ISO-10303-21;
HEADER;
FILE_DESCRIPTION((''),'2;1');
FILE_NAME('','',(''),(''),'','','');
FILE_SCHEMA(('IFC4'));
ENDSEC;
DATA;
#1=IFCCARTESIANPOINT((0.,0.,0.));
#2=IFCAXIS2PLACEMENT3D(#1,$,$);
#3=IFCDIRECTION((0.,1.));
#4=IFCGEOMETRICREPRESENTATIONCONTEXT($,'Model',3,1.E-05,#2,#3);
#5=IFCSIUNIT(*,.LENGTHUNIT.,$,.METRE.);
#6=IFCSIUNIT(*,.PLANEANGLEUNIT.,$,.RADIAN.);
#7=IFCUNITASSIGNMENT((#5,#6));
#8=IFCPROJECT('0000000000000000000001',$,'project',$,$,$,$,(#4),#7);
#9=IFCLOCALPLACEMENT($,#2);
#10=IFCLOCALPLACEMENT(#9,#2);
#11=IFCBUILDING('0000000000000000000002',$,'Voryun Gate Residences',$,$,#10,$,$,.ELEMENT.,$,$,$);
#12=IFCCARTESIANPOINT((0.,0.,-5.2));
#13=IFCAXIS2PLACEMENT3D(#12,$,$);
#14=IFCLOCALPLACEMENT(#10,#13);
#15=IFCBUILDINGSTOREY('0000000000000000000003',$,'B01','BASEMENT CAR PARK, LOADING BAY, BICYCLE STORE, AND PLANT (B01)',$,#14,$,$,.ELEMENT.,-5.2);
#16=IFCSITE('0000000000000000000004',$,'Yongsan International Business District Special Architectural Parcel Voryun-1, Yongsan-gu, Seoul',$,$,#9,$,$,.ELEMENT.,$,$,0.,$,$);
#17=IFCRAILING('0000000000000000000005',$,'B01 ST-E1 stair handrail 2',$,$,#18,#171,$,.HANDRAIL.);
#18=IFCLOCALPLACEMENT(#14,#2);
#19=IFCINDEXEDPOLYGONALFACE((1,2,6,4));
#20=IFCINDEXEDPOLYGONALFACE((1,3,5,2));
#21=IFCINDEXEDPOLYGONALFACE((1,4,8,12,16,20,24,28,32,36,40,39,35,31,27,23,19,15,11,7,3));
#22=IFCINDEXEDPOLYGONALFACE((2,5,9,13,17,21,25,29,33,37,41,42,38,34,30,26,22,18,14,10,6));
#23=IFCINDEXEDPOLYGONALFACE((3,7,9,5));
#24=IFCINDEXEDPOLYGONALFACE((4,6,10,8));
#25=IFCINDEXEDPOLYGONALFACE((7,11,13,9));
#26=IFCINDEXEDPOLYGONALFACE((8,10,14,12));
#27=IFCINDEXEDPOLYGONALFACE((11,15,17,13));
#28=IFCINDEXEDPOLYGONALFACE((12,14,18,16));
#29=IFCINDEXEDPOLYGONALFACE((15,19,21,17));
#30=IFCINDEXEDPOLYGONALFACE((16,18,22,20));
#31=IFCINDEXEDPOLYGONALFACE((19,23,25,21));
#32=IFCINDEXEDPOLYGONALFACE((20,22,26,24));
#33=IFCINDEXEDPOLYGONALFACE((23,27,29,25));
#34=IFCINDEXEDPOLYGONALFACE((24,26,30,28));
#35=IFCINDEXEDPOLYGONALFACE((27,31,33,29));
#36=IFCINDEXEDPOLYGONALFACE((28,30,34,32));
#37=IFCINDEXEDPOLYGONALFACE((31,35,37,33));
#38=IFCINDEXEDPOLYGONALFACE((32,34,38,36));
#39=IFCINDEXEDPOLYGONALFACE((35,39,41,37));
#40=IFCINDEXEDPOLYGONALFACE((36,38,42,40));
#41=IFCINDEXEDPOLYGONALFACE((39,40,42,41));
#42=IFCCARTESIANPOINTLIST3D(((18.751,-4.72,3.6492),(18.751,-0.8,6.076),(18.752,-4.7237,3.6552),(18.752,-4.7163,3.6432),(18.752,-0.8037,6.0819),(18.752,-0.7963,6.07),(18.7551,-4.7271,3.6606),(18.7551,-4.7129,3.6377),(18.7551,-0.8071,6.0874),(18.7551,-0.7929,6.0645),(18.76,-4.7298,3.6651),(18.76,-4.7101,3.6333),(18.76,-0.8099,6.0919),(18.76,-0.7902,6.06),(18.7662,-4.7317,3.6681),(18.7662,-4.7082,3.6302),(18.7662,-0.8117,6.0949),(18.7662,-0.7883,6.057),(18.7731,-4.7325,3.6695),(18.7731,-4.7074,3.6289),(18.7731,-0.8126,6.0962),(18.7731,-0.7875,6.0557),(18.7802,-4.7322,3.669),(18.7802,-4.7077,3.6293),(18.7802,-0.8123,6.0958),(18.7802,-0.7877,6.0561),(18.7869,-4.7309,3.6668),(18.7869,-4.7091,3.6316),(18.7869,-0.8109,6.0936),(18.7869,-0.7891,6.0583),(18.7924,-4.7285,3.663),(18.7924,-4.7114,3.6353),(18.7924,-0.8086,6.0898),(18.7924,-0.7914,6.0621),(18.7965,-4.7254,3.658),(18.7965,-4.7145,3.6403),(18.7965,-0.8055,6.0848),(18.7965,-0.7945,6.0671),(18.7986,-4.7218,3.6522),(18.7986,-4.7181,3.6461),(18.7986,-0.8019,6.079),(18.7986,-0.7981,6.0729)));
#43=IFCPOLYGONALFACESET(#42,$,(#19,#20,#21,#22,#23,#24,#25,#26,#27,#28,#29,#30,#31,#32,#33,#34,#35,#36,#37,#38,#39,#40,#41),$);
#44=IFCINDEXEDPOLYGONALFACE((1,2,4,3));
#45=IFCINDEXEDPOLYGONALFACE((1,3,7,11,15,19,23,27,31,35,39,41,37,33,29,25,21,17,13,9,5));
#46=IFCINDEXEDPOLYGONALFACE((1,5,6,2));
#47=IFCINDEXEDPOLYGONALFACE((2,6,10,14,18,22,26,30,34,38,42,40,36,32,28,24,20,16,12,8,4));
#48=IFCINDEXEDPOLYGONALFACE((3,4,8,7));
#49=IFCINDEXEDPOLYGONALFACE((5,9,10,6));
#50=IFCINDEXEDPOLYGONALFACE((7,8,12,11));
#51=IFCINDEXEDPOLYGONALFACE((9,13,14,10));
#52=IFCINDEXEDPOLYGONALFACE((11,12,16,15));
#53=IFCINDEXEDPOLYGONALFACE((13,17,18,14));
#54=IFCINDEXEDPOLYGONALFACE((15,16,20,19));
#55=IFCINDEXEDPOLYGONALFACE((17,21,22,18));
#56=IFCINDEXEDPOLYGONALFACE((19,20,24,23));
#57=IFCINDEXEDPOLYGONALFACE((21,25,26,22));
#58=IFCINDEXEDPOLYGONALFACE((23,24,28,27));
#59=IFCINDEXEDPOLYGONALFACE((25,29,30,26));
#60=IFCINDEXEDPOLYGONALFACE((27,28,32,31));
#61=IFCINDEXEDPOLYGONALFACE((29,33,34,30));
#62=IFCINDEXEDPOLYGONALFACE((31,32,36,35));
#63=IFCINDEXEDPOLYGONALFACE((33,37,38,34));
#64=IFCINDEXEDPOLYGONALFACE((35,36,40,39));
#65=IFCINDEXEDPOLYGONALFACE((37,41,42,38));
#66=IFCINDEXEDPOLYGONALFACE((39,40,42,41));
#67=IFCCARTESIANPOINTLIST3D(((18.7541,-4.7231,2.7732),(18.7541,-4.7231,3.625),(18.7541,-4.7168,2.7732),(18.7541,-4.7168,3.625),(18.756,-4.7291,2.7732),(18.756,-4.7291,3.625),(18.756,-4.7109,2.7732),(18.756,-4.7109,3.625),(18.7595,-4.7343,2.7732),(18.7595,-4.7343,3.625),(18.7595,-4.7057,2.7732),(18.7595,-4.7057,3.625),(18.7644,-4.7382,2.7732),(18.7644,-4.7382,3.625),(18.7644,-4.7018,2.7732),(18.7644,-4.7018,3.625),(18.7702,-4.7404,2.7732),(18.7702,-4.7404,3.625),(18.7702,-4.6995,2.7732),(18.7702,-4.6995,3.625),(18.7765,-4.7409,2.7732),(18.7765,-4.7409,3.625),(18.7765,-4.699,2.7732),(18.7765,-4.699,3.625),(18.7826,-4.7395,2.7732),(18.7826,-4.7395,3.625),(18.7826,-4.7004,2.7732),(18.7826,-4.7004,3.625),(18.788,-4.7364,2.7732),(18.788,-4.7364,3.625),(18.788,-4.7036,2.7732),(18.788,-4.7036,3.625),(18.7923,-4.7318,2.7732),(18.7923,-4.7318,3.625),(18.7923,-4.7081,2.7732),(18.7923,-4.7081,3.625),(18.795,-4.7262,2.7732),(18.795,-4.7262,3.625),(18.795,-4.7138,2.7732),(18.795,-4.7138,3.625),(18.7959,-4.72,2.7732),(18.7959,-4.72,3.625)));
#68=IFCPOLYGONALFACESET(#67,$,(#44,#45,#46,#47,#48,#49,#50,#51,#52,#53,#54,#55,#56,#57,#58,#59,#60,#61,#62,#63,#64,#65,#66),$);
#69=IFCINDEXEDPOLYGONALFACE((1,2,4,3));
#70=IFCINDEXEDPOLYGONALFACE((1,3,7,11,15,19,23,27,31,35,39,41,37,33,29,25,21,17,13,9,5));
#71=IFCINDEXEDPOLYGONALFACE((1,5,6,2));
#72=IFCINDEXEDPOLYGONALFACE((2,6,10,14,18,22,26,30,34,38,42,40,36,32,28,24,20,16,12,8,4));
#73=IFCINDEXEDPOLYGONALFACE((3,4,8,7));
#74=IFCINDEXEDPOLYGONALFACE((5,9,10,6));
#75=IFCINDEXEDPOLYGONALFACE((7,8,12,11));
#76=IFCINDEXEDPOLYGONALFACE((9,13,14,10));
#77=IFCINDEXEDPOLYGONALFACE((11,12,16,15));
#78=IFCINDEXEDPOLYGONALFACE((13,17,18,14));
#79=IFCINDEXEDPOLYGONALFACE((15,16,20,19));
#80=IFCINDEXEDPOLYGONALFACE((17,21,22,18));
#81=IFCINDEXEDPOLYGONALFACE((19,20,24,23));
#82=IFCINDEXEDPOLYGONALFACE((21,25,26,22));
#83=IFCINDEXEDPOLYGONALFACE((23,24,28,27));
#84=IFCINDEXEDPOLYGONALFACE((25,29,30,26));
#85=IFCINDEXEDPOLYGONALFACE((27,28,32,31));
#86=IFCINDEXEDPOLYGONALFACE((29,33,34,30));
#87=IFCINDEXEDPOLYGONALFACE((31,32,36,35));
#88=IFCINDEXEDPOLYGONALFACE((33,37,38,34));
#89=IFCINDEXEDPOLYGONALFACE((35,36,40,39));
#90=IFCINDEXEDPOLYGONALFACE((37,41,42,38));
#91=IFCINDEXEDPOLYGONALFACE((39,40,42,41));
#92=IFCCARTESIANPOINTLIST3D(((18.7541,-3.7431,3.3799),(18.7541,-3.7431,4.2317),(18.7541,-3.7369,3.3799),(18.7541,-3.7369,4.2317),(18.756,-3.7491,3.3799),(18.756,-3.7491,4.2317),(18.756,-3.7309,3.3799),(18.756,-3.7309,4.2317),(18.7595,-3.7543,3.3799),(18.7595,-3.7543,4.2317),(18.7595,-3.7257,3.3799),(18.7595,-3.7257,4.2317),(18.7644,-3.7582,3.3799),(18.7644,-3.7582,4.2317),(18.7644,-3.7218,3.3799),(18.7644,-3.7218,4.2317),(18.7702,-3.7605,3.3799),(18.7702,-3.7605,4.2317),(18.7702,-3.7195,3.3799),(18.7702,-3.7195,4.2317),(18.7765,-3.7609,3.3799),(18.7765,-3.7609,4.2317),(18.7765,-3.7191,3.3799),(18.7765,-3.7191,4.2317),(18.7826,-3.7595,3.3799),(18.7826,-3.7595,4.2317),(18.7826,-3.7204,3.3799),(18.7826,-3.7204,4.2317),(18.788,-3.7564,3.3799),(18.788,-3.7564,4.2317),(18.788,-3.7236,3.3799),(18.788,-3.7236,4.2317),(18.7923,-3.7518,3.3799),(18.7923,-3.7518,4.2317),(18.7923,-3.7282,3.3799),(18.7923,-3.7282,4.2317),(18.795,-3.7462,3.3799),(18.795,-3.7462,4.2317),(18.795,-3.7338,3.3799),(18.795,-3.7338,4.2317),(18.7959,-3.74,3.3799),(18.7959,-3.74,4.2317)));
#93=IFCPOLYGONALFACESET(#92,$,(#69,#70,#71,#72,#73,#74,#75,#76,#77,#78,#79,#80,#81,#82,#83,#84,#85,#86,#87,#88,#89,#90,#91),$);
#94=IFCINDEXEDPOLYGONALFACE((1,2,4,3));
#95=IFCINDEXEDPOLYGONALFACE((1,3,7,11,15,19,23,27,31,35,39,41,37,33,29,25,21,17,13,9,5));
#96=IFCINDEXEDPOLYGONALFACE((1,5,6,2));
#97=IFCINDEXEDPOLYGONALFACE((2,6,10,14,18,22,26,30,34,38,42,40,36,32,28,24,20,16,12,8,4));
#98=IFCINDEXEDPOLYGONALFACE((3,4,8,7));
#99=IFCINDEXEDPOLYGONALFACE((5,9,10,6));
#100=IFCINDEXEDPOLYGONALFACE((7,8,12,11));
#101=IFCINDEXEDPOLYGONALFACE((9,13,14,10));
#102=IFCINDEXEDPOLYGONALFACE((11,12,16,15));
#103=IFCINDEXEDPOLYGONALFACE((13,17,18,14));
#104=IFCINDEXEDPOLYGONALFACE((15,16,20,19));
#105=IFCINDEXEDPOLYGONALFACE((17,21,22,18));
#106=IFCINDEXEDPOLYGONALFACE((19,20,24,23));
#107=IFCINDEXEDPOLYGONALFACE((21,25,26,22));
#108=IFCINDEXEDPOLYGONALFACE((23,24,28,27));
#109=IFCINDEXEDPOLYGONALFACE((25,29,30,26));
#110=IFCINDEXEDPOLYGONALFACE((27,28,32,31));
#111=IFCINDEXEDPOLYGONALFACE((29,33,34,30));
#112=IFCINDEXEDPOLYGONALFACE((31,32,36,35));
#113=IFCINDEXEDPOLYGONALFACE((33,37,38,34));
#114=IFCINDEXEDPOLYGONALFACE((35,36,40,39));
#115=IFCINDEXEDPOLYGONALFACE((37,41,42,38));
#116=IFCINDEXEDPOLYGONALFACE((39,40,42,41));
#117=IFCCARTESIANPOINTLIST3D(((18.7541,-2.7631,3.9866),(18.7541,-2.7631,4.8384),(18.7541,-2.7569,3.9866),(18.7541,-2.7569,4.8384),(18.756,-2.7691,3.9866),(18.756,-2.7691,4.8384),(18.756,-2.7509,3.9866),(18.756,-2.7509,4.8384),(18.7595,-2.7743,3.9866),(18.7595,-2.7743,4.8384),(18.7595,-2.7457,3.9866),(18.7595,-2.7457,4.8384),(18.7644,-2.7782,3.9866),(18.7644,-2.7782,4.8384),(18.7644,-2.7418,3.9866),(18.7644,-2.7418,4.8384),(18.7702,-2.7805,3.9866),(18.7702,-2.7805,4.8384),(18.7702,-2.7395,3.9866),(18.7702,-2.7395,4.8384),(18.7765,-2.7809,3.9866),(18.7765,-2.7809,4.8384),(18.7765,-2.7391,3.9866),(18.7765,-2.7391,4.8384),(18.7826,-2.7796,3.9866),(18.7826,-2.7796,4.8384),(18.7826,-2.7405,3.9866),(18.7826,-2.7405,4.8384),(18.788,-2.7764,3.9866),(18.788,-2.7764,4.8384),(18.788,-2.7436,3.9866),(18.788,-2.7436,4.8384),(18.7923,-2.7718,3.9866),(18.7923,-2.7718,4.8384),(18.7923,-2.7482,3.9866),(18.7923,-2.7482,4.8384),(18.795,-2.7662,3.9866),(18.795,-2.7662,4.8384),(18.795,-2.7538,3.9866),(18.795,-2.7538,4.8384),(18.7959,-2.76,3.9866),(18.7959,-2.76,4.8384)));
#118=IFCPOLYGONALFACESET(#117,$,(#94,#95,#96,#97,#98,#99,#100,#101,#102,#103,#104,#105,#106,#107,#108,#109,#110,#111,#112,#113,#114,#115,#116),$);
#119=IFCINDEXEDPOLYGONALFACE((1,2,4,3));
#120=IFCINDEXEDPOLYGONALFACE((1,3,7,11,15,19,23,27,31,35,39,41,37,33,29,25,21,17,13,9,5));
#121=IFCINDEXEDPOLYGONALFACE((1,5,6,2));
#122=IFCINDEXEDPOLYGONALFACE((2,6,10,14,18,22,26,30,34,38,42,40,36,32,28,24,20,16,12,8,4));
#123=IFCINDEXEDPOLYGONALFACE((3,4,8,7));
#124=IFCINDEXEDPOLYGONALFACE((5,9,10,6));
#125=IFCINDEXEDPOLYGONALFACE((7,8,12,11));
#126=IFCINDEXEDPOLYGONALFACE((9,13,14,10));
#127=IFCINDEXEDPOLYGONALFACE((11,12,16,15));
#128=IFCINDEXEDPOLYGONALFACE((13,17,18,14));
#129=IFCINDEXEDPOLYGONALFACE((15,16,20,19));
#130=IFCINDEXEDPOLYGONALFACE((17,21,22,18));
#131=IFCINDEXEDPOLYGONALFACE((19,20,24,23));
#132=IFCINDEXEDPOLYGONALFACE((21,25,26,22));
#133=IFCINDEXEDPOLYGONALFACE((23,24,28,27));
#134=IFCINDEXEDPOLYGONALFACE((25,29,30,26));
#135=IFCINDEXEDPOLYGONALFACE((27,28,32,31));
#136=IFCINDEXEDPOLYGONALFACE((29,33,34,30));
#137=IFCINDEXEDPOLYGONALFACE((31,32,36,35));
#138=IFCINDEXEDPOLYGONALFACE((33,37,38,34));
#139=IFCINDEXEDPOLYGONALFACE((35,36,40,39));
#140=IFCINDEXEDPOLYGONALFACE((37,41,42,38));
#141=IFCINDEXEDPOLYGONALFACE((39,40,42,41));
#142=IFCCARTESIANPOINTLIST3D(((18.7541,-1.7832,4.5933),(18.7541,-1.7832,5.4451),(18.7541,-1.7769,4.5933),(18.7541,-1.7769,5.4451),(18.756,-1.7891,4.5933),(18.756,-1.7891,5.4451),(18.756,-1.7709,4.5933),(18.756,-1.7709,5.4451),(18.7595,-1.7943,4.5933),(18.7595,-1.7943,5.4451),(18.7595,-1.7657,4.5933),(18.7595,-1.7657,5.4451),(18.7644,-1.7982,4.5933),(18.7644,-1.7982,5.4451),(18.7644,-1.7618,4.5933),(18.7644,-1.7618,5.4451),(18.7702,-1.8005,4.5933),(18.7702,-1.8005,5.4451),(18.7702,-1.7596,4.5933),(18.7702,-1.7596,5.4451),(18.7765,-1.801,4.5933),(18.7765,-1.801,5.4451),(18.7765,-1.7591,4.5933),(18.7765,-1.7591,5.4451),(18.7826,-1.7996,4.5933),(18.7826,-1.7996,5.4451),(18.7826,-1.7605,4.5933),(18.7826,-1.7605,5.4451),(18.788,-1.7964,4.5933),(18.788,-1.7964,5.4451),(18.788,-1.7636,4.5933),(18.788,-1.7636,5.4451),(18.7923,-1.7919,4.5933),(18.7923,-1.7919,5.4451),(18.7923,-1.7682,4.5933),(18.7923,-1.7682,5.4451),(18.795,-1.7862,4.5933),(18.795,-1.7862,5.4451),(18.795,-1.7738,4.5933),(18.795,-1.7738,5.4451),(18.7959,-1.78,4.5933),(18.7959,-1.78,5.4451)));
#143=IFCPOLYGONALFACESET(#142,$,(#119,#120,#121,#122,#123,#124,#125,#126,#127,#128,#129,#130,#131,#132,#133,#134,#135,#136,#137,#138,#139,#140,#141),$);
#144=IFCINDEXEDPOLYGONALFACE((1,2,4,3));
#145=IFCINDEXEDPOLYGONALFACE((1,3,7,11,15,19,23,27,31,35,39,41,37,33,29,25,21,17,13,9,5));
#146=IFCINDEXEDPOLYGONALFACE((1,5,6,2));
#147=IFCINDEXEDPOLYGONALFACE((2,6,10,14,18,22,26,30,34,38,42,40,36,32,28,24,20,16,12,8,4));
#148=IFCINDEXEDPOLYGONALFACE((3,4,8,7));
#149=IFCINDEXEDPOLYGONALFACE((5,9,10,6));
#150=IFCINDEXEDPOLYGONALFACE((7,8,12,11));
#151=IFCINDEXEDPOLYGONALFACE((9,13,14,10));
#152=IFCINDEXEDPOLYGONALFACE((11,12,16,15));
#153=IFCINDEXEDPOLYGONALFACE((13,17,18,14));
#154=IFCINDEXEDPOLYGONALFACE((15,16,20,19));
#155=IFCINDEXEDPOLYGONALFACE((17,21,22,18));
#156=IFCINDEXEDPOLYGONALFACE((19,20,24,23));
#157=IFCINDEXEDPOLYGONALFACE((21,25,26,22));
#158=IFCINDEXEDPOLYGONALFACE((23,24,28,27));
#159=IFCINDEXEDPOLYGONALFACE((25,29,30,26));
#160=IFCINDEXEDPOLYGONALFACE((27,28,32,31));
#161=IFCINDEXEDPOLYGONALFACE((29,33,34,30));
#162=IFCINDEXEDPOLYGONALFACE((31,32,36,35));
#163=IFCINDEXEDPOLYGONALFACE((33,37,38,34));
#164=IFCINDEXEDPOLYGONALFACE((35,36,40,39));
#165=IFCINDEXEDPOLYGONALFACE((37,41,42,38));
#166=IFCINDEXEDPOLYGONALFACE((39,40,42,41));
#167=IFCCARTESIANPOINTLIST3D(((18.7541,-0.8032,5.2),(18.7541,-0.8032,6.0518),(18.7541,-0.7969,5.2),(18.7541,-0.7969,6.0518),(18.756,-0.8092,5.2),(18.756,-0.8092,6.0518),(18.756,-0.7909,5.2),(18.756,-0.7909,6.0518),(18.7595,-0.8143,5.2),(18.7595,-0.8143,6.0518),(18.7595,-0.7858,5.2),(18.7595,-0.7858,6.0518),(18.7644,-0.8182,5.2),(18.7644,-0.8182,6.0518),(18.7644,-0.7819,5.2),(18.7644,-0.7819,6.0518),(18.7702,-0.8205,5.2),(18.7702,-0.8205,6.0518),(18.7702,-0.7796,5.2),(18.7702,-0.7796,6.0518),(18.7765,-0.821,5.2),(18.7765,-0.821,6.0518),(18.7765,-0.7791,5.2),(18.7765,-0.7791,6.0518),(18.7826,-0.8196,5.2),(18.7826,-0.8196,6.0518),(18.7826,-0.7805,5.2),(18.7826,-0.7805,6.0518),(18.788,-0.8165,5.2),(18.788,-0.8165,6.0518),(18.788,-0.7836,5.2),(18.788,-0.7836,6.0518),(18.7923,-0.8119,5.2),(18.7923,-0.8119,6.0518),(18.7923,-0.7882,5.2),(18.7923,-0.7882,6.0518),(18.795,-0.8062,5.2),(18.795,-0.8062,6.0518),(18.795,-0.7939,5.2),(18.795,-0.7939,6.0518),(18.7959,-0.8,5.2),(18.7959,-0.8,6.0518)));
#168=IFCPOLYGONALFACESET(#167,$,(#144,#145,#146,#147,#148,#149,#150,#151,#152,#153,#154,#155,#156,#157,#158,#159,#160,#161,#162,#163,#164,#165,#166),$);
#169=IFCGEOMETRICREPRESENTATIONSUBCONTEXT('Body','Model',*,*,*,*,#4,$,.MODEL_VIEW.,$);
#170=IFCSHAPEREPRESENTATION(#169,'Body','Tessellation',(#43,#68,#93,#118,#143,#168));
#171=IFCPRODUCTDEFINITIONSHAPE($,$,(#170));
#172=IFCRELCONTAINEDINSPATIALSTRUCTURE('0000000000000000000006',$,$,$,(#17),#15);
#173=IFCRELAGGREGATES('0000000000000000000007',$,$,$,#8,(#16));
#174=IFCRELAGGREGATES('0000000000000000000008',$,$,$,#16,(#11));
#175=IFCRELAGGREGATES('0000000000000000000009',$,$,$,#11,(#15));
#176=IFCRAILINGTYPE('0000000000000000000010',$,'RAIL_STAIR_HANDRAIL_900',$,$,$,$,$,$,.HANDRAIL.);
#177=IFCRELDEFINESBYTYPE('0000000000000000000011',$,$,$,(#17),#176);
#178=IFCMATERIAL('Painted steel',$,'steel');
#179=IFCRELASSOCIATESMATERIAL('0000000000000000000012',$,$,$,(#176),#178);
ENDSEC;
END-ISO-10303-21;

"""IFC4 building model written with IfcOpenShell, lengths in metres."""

from ifc_helpers import new_model, si_unit, direction, frame, origin, origin_2d, place, context, subcontext, project, spatial, circle, extrude, material, type_object, element, save


model = new_model("IFC4")

# Units and contexts
model_context = context("Model", 3, precision=1e-05, world=origin(), true_north=direction((0.0, 1.0)))
body_context = subcontext(model_context, "Body", "Model", "MODEL_VIEW")
ifc_project = project(units=[si_unit("LENGTHUNIT", "METRE"), si_unit("PLANEANGLEUNIT", "RADIAN")], contexts=[model_context])

# Site, building, storey
site_placement = place(None, origin())
site = spatial("IfcSite", under=ifc_project, at=site_placement, Name="Yongsan International Business District Special Architectural Parcel Voryun-1, Yongsan-gu, Seoul", CompositionType="ELEMENT", RefElevation=0.0)
building_placement = place(site_placement, origin())
building = spatial("IfcBuilding", under=site, at=building_placement, Name="Voryun Gate Residences", CompositionType="ELEMENT")
storey_placement = place(building_placement, frame((0.0, 0.0, -5.2)))
storey = spatial("IfcBuildingStorey", under=building, at=storey_placement, Name="B01", Description="BASEMENT CAR PARK, LOADING BAY, BICYCLE STORE, AND PLANT (B01)", CompositionType="ELEMENT", Elevation=-5.2)

# Railing
ifc_material_1 = material(Name="Painted steel", Category="steel")
railing_type_1 = type_object("IfcRailingType", Name="RAIL_STAIR_HANDRAIL_900", PredefinedType="HANDRAIL", material=ifc_material_1)
railing_1_placement = place(storey_placement, frame((18.7749, -4.72, 2.7732)))
element("IfcRailing", 1, at=railing_1_placement, inside=storey, type_object=railing_type_1, Name="B01 ST-E1 stair handrail 2", PredefinedType="HANDRAIL", context=body_context, shape_type="SweptSolid", body=[
    extrude(circle(Radius=0.0239, at=origin_2d()), frame((0.0, 0.0, 0.876), z_axis=(0.0, 0.850252, 0.526376), x_axis=(-1.0, 0.0, 0.0)), (0.0, 0.0, 1.0), 4.6104),
    extrude(circle(Radius=0.021, at=origin_2d()), origin(), (0.0, 0.0, 1.0), 0.8518),
    extrude(circle(Radius=0.021, at=origin_2d()), frame((0.0, 0.98, 0.6067)), (0.0, 0.0, 1.0), 0.8518),
    extrude(circle(Radius=0.021, at=origin_2d()), frame((0.0, 1.96, 1.2134)), (0.0, 0.0, 1.0), 0.8518),
    extrude(circle(Radius=0.021, at=origin_2d()), frame((0.0, 2.9399, 1.8201)), (0.0, 0.0, 1.0), 0.8518),
    extrude(circle(Radius=0.021, at=origin_2d()), frame((0.0, 3.9199, 2.4268)), (0.0, 0.0, 1.0), 0.8518),
])

save(model, "model.ifc")
